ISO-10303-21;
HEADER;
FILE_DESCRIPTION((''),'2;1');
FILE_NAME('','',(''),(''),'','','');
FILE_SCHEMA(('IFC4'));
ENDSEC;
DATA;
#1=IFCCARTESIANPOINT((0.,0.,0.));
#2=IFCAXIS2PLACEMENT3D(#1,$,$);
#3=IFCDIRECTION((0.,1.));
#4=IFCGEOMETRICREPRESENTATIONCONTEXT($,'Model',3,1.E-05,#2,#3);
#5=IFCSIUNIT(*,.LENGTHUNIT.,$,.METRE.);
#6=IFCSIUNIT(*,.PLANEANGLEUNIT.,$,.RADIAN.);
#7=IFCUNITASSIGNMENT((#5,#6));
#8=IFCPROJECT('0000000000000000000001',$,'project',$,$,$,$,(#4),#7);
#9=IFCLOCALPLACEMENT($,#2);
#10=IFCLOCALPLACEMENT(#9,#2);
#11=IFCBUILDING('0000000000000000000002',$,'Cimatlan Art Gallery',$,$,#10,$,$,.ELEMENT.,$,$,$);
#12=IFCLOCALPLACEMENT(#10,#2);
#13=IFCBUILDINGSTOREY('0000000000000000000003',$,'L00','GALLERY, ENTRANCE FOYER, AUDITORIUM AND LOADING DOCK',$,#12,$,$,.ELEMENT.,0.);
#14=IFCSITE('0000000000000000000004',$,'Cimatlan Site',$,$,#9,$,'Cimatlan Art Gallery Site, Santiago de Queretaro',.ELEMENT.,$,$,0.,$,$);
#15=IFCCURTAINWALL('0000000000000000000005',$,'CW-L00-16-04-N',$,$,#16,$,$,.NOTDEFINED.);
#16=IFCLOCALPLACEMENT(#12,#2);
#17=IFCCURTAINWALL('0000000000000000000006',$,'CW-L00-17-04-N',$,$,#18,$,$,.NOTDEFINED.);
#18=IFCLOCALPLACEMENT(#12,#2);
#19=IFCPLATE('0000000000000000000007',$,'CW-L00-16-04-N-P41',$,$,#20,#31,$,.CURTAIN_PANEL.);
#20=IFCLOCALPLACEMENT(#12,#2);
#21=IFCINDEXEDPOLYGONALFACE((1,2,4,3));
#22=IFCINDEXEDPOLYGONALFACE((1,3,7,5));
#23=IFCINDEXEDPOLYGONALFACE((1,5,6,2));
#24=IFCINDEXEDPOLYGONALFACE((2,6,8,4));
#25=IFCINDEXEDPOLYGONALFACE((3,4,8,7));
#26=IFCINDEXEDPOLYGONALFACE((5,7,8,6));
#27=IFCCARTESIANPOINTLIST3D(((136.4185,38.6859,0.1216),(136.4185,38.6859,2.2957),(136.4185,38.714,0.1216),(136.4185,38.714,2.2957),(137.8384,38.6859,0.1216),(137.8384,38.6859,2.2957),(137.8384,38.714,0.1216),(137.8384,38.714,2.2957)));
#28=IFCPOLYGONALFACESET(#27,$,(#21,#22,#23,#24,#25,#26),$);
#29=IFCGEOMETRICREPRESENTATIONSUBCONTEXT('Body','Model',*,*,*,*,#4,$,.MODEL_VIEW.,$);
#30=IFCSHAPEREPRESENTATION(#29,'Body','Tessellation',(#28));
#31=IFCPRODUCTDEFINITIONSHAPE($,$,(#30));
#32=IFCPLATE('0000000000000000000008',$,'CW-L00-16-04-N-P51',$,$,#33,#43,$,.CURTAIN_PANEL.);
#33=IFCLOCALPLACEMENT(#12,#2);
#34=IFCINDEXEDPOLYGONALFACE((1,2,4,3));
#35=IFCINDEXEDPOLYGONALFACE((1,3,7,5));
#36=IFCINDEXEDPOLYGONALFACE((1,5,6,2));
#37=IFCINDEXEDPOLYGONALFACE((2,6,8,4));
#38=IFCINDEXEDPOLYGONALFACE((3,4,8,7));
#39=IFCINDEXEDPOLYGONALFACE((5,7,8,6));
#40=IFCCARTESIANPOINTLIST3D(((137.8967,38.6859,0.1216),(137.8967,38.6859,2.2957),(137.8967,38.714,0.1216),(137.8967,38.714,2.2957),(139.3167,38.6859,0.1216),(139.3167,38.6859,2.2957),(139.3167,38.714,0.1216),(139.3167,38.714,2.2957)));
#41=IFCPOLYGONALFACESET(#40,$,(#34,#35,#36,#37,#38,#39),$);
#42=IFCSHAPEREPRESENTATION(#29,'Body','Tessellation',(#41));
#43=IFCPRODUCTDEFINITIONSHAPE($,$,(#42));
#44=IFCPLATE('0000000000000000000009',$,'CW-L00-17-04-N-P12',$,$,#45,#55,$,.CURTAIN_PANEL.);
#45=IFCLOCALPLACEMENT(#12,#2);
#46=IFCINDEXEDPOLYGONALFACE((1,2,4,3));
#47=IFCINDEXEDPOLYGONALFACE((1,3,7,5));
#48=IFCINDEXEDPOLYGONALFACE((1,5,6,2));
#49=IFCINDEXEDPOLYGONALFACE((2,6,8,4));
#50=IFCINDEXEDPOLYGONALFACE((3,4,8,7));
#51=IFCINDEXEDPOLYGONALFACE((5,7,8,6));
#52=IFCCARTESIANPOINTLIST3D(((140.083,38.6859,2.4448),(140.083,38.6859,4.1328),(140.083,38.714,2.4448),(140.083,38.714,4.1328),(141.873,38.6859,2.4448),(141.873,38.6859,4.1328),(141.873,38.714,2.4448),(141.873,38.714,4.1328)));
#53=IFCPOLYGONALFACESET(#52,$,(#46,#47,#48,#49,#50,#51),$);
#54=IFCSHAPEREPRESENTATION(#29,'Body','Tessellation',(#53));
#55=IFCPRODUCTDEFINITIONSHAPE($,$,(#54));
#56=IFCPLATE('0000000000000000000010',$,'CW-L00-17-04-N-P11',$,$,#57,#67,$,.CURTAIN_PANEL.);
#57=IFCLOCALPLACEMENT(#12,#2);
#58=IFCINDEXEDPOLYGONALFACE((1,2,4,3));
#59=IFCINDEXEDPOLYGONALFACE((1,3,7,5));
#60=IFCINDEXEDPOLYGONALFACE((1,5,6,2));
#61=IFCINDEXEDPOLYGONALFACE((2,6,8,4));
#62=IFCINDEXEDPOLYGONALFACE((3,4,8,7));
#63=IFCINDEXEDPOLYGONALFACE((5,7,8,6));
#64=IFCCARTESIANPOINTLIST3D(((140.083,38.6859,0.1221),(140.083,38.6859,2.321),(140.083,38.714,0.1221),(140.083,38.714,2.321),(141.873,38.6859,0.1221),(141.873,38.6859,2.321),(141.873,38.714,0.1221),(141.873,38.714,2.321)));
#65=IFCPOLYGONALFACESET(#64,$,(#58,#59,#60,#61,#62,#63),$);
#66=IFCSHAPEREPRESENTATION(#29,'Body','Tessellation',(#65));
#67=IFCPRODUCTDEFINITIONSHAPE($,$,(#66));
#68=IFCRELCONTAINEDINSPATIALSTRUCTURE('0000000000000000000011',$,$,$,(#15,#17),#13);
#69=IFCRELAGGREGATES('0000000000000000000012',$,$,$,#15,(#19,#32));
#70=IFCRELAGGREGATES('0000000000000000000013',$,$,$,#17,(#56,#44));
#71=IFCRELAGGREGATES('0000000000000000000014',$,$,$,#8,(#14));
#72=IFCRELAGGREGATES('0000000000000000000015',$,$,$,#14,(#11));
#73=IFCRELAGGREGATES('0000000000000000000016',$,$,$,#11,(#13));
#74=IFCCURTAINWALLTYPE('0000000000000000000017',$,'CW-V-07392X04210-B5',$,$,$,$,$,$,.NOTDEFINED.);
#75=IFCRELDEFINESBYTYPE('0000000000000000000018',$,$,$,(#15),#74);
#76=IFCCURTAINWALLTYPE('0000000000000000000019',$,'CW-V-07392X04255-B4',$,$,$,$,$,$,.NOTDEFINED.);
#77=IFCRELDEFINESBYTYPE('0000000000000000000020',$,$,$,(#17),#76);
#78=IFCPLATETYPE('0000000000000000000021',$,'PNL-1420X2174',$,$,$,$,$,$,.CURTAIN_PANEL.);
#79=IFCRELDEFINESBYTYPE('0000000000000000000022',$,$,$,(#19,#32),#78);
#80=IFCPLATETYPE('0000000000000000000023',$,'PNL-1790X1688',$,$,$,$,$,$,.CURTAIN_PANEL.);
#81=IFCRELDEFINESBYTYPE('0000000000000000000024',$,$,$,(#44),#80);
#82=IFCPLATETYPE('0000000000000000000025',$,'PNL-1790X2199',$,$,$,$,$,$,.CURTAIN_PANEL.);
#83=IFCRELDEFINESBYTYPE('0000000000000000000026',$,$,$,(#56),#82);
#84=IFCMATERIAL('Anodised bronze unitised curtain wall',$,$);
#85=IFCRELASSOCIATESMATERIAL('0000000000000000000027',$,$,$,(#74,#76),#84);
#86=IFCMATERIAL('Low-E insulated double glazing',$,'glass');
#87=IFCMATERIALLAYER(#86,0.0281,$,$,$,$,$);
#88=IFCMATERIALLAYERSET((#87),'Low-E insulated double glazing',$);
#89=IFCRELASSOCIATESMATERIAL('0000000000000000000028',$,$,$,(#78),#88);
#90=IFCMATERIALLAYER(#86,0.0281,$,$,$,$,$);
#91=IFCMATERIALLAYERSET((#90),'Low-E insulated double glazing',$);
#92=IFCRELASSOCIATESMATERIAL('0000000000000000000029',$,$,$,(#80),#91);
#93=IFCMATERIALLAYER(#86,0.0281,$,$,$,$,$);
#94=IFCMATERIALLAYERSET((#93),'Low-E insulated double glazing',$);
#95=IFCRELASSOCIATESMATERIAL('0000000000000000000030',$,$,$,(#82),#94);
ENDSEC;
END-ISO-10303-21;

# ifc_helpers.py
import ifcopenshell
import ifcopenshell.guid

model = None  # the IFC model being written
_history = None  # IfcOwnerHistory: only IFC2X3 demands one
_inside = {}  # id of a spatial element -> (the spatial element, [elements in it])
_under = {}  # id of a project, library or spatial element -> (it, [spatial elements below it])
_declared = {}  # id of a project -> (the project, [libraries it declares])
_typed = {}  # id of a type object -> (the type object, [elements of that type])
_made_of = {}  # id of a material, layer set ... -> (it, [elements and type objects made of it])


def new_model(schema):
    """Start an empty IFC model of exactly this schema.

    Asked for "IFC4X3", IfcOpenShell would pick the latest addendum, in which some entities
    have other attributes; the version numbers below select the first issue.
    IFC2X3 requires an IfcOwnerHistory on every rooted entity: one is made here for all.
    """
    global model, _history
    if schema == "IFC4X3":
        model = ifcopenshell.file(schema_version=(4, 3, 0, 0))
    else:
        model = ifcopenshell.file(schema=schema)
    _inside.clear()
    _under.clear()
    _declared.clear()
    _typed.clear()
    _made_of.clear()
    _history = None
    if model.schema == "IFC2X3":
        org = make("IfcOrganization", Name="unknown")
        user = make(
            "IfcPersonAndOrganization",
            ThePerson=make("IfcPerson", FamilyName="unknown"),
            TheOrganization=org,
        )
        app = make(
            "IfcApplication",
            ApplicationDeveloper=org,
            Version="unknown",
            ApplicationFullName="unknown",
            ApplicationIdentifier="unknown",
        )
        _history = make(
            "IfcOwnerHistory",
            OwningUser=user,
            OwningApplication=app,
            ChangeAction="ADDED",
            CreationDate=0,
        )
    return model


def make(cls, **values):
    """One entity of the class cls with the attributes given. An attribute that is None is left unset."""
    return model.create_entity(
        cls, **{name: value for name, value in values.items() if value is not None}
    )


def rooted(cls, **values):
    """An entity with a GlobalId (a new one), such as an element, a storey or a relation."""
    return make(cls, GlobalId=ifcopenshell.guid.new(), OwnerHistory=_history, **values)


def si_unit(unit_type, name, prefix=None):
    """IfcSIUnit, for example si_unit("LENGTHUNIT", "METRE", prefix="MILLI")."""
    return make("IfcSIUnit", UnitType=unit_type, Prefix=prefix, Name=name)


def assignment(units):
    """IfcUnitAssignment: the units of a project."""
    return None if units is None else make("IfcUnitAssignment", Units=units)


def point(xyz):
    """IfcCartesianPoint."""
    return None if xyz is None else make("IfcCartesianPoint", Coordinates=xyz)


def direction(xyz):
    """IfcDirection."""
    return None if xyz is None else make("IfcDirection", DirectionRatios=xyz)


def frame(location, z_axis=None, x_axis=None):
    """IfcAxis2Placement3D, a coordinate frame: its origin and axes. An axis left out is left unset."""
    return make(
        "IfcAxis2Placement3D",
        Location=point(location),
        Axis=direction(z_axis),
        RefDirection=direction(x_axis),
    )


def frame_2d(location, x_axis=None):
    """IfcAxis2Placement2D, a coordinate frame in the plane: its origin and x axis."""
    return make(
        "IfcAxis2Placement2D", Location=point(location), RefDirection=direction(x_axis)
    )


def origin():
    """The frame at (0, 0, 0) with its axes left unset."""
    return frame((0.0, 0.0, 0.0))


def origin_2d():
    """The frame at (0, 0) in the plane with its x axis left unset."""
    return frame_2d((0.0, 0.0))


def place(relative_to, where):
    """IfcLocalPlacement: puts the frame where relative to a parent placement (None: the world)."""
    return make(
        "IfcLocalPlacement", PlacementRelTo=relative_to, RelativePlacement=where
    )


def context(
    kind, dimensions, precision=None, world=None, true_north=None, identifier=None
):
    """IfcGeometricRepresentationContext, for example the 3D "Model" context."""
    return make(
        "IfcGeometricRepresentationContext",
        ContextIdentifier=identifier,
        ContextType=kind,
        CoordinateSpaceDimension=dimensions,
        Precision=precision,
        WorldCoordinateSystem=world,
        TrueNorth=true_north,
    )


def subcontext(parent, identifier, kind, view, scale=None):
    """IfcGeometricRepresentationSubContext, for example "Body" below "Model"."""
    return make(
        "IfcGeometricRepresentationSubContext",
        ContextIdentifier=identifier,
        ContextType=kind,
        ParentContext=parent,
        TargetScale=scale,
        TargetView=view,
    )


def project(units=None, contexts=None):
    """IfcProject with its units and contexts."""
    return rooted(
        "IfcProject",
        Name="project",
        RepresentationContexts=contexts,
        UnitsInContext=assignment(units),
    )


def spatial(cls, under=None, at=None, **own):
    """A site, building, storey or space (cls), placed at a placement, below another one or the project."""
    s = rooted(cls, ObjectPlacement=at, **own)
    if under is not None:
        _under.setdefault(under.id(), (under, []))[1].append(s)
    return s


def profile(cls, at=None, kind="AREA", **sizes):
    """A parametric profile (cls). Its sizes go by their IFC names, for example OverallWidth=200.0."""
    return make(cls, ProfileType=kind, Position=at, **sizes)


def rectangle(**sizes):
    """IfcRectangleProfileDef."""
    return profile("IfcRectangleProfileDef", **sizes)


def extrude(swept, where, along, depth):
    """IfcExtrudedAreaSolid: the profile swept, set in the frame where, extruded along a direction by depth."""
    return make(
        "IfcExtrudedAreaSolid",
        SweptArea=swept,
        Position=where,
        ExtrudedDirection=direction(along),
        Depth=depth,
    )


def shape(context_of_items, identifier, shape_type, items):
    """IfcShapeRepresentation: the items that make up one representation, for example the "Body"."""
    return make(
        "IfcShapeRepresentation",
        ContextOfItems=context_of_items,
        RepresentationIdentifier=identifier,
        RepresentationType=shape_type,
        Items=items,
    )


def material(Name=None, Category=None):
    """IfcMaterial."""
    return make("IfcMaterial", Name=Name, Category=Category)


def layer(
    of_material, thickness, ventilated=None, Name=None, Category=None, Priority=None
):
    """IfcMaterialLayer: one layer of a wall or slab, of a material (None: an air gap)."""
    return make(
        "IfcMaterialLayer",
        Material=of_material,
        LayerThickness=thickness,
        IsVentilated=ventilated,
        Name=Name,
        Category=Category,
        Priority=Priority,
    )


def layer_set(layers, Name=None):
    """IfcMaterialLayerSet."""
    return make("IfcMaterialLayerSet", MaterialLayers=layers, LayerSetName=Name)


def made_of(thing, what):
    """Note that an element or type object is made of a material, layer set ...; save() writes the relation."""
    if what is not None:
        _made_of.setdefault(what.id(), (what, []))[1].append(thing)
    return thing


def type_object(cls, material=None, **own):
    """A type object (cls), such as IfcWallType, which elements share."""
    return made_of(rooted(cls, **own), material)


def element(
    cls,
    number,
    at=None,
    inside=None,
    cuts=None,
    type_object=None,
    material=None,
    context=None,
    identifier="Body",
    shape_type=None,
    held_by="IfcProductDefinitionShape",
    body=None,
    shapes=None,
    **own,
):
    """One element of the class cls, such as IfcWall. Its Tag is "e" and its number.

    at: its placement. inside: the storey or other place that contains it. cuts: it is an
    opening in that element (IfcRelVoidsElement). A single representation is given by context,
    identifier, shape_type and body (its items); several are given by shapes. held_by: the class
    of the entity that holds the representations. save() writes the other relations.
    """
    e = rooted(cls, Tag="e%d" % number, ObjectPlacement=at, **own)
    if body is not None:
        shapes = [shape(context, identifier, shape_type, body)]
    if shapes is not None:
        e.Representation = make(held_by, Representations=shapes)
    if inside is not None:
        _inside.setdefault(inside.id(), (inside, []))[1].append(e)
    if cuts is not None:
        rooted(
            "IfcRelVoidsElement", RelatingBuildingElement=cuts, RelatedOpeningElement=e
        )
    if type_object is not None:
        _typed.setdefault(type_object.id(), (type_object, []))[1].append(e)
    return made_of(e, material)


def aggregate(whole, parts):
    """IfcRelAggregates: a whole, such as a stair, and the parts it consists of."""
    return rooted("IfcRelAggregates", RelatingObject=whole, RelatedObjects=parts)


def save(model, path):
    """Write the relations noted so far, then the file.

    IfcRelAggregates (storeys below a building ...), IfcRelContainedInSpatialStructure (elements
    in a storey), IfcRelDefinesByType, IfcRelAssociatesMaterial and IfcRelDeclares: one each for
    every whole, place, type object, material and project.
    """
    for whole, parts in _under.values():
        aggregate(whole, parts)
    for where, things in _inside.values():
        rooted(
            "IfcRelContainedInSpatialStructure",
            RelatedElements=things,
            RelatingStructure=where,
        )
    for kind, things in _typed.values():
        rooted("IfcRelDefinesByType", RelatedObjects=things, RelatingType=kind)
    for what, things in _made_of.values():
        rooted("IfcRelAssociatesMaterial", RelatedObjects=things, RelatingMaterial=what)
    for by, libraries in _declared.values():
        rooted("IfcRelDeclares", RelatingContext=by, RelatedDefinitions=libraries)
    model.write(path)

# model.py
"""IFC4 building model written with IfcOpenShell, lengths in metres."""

from ifc_helpers import new_model, si_unit, direction, frame, origin, origin_2d, place, context, subcontext, project, spatial, rectangle, extrude, material, layer, layer_set, type_object, element, aggregate, save


model = new_model("IFC4")

# Units and contexts
model_context = context("Model", 3, precision=1e-05, world=origin(), true_north=direction((0.0, 1.0)))
body_context = subcontext(model_context, "Body", "Model", "MODEL_VIEW")
ifc_project = project(units=[si_unit("LENGTHUNIT", "METRE"), si_unit("PLANEANGLEUNIT", "RADIAN")], contexts=[model_context])

# Site, building, storey
site_placement = place(None, origin())
site = spatial("IfcSite", under=ifc_project, at=site_placement, Name="Cimatlan Site", LongName="Cimatlan Art Gallery Site, Santiago de Queretaro", CompositionType="ELEMENT", RefElevation=0.0)
building_placement = place(site_placement, origin())
building = spatial("IfcBuilding", under=site, at=building_placement, Name="Cimatlan Art Gallery", CompositionType="ELEMENT")
storey_placement = place(building_placement, origin())
storey = spatial("IfcBuildingStorey", under=building, at=storey_placement, Name="L00", Description="GALLERY, ENTRANCE FOYER, AUDITORIUM AND LOADING DOCK", CompositionType="ELEMENT", Elevation=0.0)

# Curtain walls
ifc_material_1 = material(Name="Anodised bronze unitised curtain wall")
curtain_wall_type_1 = type_object("IfcCurtainWallType", Name="CW-V-07392X04210-B5", PredefinedType="NOTDEFINED", material=ifc_material_1)
curtain_wall_1_placement = place(storey_placement, origin())
curtain_wall_1 = element("IfcCurtainWall", 1, at=curtain_wall_1_placement, inside=storey, type_object=curtain_wall_type_1, Name="CW-L00-16-04-N", PredefinedType="NOTDEFINED")
curtain_wall_type_2 = type_object("IfcCurtainWallType", Name="CW-V-07392X04255-B4", PredefinedType="NOTDEFINED", material=ifc_material_1)
curtain_wall_2_placement = place(storey_placement, origin())
curtain_wall_2 = element("IfcCurtainWall", 2, at=curtain_wall_2_placement, inside=storey, type_object=curtain_wall_type_2, Name="CW-L00-17-04-N", PredefinedType="NOTDEFINED")

# Plates
ifc_material_2 = material(Name="Low-E insulated double glazing", Category="glass")
ifc_layer_1 = layer(ifc_material_2, 0.0281)
ifc_layer_set_1 = layer_set([ifc_layer_1], Name="Low-E insulated double glazing")
plate_type_1 = type_object("IfcPlateType", Name="PNL-1420X2174", PredefinedType="CURTAIN_PANEL", material=ifc_layer_set_1)
plate_1_placement = place(storey_placement, frame((137.1284, 38.7, 0.1216), z_axis=(0.0, 0.0, 1.0), x_axis=(1.0, 0.0, 0.0)))
plate_1 = element("IfcPlate", 3, at=plate_1_placement, type_object=plate_type_1, Name="CW-L00-16-04-N-P41", PredefinedType="CURTAIN_PANEL", context=body_context, shape_type="SweptSolid", body=[
    extrude(rectangle(XDim=1.4199, YDim=0.0281, at=origin_2d()), origin(), (0.0, 0.0, 1.0), 2.1741),
])
plate_2_placement = place(storey_placement, frame((138.6067, 38.7, 0.1216), z_axis=(0.0, 0.0, 1.0), x_axis=(1.0, 0.0, 0.0)))
plate_2 = element("IfcPlate", 4, at=plate_2_placement, type_object=plate_type_1, Name="CW-L00-16-04-N-P51", PredefinedType="CURTAIN_PANEL", context=body_context, shape_type="SweptSolid", body=[
    extrude(rectangle(XDim=1.4199, YDim=0.0281, at=origin_2d()), origin(), (0.0, 0.0, 1.0), 2.1741),
])
aggregate(curtain_wall_1, [plate_1, plate_2])
ifc_layer_2 = layer(ifc_material_2, 0.0281)
ifc_layer_set_2 = layer_set([ifc_layer_2], Name="Low-E insulated double glazing")
plate_type_2 = type_object("IfcPlateType", Name="PNL-1790X1688", PredefinedType="CURTAIN_PANEL", material=ifc_layer_set_2)
plate_3_placement = place(storey_placement, frame((140.978, 38.7, 2.4448), z_axis=(0.0, 0.0, 1.0), x_axis=(1.0, 0.0, 0.0)))
plate_3 = element("IfcPlate", 5, at=plate_3_placement, type_object=plate_type_2, Name="CW-L00-17-04-N-P12", PredefinedType="CURTAIN_PANEL", context=body_context, shape_type="SweptSolid", body=[
    extrude(rectangle(XDim=1.79, YDim=0.0281, at=origin_2d()), origin(), (0.0, 0.0, 1.0), 1.688),
])
ifc_layer_3 = layer(ifc_material_2, 0.0281)
ifc_layer_set_3 = layer_set([ifc_layer_3], Name="Low-E insulated double glazing")
plate_type_3 = type_object("IfcPlateType", Name="PNL-1790X2199", PredefinedType="CURTAIN_PANEL", material=ifc_layer_set_3)
plate_4_placement = place(storey_placement, frame((140.978, 38.7, 0.1221), z_axis=(0.0, 0.0, 1.0), x_axis=(1.0, 0.0, 0.0)))
plate_4 = element("IfcPlate", 6, at=plate_4_placement, type_object=plate_type_3, Name="CW-L00-17-04-N-P11", PredefinedType="CURTAIN_PANEL", context=body_context, shape_type="SweptSolid", body=[
    extrude(rectangle(XDim=1.79, YDim=0.0281, at=origin_2d()), origin(), (0.0, 0.0, 1.0), 2.199),
])
aggregate(curtain_wall_2, [plate_4, plate_3])

save(model, "model.ifc")
